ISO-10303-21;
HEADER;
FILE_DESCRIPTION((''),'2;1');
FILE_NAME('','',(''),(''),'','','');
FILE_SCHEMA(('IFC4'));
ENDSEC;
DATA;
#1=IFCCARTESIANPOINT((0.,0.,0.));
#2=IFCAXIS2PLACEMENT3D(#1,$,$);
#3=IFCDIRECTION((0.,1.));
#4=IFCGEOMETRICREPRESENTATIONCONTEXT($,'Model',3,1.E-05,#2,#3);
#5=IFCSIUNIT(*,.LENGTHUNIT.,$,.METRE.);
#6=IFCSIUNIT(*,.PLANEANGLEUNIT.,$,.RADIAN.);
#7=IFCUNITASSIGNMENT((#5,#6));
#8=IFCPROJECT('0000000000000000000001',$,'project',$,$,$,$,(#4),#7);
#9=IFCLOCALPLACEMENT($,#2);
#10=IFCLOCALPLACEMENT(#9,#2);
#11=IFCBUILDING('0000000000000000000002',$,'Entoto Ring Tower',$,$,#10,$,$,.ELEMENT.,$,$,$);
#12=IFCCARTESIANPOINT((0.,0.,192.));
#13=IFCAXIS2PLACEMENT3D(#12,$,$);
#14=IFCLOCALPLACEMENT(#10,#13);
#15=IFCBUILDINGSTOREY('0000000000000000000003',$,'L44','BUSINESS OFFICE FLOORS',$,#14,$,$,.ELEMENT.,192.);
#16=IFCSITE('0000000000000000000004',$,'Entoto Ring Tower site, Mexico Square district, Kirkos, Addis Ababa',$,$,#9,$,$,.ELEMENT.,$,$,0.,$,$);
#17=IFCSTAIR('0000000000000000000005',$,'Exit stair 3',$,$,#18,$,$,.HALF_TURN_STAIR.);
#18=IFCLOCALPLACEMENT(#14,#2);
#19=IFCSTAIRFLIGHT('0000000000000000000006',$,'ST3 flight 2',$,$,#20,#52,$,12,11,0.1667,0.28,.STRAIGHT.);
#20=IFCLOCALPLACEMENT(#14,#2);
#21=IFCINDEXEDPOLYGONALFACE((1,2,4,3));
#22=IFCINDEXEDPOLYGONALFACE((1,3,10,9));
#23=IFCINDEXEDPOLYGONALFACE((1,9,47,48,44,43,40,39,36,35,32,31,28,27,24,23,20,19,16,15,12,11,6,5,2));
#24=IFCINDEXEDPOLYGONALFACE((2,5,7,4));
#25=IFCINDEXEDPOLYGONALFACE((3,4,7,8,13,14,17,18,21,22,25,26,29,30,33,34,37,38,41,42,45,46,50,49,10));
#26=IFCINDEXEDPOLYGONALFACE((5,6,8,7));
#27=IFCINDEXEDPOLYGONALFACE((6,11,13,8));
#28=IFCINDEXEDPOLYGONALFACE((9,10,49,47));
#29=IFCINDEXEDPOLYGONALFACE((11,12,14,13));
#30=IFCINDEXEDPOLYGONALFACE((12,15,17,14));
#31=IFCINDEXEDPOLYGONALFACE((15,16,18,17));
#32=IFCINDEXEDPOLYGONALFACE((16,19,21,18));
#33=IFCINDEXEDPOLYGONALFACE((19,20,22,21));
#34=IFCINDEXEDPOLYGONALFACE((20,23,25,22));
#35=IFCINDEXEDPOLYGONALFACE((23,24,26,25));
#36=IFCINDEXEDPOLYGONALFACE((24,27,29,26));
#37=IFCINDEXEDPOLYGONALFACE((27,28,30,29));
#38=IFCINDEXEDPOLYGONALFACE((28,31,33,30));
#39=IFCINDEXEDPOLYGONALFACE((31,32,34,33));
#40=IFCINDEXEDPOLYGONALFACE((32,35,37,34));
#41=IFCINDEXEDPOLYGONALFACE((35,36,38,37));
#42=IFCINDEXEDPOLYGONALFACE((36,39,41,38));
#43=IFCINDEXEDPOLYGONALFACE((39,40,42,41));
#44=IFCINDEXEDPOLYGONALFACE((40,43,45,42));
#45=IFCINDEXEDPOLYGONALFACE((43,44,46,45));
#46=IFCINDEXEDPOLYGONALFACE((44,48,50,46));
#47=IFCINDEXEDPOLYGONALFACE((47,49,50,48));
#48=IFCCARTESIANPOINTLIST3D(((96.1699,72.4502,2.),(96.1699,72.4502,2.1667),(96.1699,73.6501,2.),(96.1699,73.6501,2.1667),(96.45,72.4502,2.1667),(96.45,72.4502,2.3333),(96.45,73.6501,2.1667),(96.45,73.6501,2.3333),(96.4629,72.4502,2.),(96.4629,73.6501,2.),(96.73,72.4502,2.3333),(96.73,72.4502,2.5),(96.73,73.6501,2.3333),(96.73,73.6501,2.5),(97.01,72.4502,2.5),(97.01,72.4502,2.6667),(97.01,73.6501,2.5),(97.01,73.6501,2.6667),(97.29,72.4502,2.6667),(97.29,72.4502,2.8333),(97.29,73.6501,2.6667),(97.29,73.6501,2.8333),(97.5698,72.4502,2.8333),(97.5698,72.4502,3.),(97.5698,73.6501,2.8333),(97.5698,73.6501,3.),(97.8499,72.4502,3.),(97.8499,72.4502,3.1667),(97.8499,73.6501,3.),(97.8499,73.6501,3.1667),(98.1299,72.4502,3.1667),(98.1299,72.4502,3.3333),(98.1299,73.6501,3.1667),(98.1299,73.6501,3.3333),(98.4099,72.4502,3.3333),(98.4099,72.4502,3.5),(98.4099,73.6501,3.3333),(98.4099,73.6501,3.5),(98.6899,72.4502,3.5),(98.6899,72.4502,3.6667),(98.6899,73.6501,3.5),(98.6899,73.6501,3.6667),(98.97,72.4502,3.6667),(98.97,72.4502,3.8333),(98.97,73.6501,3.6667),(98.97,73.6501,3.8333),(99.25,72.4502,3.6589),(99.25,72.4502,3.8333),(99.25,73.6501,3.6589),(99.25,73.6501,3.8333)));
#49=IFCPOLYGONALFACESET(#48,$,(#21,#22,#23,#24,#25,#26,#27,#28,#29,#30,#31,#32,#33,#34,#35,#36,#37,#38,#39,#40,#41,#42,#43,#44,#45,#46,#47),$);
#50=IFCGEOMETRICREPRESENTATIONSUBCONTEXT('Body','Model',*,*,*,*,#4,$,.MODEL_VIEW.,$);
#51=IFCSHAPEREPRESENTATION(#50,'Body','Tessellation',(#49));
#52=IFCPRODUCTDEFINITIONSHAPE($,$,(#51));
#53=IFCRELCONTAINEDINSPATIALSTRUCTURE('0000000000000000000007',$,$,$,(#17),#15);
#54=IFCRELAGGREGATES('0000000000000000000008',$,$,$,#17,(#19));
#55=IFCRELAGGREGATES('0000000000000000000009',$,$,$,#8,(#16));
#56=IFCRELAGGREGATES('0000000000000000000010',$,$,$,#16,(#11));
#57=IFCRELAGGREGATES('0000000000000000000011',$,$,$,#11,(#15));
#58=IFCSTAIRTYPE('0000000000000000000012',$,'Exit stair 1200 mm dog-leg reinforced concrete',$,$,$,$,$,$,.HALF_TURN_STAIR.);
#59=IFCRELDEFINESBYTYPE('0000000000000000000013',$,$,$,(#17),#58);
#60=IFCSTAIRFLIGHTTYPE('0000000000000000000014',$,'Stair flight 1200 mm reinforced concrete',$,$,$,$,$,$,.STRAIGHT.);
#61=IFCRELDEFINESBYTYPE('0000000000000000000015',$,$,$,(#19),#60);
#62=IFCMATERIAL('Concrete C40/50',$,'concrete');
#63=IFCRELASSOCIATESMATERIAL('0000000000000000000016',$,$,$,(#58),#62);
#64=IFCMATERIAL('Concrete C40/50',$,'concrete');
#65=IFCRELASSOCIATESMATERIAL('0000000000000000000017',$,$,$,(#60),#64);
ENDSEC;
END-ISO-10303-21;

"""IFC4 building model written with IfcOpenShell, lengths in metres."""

from ifc_helpers import new_model, si_unit, direction, frame, origin, place, context, subcontext, project, spatial, polyline, outline, extrude, material, type_object, element, aggregate, save


model = new_model("IFC4")

# Units and contexts
model_context = context("Model", 3, precision=1e-05, world=origin(), true_north=direction((0.0, 1.0)))
body_context = subcontext(model_context, "Body", "Model", "MODEL_VIEW")
ifc_project = project(units=[si_unit("LENGTHUNIT", "METRE"), si_unit("PLANEANGLEUNIT", "RADIAN")], contexts=[model_context])

# Site, building, storey
site_placement = place(None, origin())
site = spatial("IfcSite", under=ifc_project, at=site_placement, Name="Entoto Ring Tower site, Mexico Square district, Kirkos, Addis Ababa", CompositionType="ELEMENT", RefElevation=0.0)
building_placement = place(site_placement, origin())
building = spatial("IfcBuilding", under=site, at=building_placement, Name="Entoto Ring Tower", CompositionType="ELEMENT")
storey_placement = place(building_placement, frame((0.0, 0.0, 192.0)))
storey = spatial("IfcBuildingStorey", under=building, at=storey_placement, Name="L44", Description="BUSINESS OFFICE FLOORS", CompositionType="ELEMENT", Elevation=192.0)

# Stair, stair flight
ifc_material_1 = material(Name="Concrete C40/50", Category="concrete")
stair_type = type_object("IfcStairType", Name="Exit stair 1200 mm dog-leg reinforced concrete", PredefinedType="HALF_TURN_STAIR", material=ifc_material_1)
stair_placement = place(storey_placement, origin())
stair = element("IfcStair", 1, at=stair_placement, inside=storey, type_object=stair_type, Name="Exit stair 3", PredefinedType="HALF_TURN_STAIR")
ifc_material_2 = material(Name="Concrete C40/50", Category="concrete")
stair_flight_type = type_object("IfcStairFlightType", Name="Stair flight 1200 mm reinforced concrete", PredefinedType="STRAIGHT", material=ifc_material_2)
stair_flight_placement = place(storey_placement, frame((96.1699, 73.05, 2.0), z_axis=(0.0, 0.0, 1.0), x_axis=(1.0, 0.0, 0.0)))
stair_flight = element("IfcStairFlight", 2, at=stair_flight_placement, type_object=stair_flight_type, Name="ST3 flight 2", NumberOfRisers=12, NumberOfTreads=11, PredefinedType="STRAIGHT", RiserHeight=0.1667, TreadLength=0.28, context=body_context, shape_type="SweptSolid", body=[
    extrude(outline(polyline([(0.0, 0.0), (0.0, 0.1667), (0.28, 0.1667), (0.28, 0.3333), (0.5601, 0.3333), (0.5601, 0.5), (0.8401, 0.5), (0.8401, 0.6667), (1.1201, 0.6667), (1.1201, 0.8333), (1.3999, 0.8333), (1.3999, 1.0), (1.6799, 1.0), (1.6799, 1.1667), (1.96, 1.1667), (1.96, 1.3333), (2.24, 1.3333), (2.24, 1.5), (2.52, 1.5), (2.52, 1.6667), (2.8, 1.6667), (2.8, 1.8333), (3.0801, 1.8333), (3.0801, 2.0), (3.0801, 1.6589), (0.293, 0.0), (0.0, 0.0)])), frame((0.0, 0.6001, 0.0), z_axis=(0.0, -1.0, 0.0), x_axis=(1.0, 0.0, 0.0)), (0.0, 0.0, 1.0), 1.2),
])
aggregate(stair, [stair_flight])

save(model, "model.ifc")
